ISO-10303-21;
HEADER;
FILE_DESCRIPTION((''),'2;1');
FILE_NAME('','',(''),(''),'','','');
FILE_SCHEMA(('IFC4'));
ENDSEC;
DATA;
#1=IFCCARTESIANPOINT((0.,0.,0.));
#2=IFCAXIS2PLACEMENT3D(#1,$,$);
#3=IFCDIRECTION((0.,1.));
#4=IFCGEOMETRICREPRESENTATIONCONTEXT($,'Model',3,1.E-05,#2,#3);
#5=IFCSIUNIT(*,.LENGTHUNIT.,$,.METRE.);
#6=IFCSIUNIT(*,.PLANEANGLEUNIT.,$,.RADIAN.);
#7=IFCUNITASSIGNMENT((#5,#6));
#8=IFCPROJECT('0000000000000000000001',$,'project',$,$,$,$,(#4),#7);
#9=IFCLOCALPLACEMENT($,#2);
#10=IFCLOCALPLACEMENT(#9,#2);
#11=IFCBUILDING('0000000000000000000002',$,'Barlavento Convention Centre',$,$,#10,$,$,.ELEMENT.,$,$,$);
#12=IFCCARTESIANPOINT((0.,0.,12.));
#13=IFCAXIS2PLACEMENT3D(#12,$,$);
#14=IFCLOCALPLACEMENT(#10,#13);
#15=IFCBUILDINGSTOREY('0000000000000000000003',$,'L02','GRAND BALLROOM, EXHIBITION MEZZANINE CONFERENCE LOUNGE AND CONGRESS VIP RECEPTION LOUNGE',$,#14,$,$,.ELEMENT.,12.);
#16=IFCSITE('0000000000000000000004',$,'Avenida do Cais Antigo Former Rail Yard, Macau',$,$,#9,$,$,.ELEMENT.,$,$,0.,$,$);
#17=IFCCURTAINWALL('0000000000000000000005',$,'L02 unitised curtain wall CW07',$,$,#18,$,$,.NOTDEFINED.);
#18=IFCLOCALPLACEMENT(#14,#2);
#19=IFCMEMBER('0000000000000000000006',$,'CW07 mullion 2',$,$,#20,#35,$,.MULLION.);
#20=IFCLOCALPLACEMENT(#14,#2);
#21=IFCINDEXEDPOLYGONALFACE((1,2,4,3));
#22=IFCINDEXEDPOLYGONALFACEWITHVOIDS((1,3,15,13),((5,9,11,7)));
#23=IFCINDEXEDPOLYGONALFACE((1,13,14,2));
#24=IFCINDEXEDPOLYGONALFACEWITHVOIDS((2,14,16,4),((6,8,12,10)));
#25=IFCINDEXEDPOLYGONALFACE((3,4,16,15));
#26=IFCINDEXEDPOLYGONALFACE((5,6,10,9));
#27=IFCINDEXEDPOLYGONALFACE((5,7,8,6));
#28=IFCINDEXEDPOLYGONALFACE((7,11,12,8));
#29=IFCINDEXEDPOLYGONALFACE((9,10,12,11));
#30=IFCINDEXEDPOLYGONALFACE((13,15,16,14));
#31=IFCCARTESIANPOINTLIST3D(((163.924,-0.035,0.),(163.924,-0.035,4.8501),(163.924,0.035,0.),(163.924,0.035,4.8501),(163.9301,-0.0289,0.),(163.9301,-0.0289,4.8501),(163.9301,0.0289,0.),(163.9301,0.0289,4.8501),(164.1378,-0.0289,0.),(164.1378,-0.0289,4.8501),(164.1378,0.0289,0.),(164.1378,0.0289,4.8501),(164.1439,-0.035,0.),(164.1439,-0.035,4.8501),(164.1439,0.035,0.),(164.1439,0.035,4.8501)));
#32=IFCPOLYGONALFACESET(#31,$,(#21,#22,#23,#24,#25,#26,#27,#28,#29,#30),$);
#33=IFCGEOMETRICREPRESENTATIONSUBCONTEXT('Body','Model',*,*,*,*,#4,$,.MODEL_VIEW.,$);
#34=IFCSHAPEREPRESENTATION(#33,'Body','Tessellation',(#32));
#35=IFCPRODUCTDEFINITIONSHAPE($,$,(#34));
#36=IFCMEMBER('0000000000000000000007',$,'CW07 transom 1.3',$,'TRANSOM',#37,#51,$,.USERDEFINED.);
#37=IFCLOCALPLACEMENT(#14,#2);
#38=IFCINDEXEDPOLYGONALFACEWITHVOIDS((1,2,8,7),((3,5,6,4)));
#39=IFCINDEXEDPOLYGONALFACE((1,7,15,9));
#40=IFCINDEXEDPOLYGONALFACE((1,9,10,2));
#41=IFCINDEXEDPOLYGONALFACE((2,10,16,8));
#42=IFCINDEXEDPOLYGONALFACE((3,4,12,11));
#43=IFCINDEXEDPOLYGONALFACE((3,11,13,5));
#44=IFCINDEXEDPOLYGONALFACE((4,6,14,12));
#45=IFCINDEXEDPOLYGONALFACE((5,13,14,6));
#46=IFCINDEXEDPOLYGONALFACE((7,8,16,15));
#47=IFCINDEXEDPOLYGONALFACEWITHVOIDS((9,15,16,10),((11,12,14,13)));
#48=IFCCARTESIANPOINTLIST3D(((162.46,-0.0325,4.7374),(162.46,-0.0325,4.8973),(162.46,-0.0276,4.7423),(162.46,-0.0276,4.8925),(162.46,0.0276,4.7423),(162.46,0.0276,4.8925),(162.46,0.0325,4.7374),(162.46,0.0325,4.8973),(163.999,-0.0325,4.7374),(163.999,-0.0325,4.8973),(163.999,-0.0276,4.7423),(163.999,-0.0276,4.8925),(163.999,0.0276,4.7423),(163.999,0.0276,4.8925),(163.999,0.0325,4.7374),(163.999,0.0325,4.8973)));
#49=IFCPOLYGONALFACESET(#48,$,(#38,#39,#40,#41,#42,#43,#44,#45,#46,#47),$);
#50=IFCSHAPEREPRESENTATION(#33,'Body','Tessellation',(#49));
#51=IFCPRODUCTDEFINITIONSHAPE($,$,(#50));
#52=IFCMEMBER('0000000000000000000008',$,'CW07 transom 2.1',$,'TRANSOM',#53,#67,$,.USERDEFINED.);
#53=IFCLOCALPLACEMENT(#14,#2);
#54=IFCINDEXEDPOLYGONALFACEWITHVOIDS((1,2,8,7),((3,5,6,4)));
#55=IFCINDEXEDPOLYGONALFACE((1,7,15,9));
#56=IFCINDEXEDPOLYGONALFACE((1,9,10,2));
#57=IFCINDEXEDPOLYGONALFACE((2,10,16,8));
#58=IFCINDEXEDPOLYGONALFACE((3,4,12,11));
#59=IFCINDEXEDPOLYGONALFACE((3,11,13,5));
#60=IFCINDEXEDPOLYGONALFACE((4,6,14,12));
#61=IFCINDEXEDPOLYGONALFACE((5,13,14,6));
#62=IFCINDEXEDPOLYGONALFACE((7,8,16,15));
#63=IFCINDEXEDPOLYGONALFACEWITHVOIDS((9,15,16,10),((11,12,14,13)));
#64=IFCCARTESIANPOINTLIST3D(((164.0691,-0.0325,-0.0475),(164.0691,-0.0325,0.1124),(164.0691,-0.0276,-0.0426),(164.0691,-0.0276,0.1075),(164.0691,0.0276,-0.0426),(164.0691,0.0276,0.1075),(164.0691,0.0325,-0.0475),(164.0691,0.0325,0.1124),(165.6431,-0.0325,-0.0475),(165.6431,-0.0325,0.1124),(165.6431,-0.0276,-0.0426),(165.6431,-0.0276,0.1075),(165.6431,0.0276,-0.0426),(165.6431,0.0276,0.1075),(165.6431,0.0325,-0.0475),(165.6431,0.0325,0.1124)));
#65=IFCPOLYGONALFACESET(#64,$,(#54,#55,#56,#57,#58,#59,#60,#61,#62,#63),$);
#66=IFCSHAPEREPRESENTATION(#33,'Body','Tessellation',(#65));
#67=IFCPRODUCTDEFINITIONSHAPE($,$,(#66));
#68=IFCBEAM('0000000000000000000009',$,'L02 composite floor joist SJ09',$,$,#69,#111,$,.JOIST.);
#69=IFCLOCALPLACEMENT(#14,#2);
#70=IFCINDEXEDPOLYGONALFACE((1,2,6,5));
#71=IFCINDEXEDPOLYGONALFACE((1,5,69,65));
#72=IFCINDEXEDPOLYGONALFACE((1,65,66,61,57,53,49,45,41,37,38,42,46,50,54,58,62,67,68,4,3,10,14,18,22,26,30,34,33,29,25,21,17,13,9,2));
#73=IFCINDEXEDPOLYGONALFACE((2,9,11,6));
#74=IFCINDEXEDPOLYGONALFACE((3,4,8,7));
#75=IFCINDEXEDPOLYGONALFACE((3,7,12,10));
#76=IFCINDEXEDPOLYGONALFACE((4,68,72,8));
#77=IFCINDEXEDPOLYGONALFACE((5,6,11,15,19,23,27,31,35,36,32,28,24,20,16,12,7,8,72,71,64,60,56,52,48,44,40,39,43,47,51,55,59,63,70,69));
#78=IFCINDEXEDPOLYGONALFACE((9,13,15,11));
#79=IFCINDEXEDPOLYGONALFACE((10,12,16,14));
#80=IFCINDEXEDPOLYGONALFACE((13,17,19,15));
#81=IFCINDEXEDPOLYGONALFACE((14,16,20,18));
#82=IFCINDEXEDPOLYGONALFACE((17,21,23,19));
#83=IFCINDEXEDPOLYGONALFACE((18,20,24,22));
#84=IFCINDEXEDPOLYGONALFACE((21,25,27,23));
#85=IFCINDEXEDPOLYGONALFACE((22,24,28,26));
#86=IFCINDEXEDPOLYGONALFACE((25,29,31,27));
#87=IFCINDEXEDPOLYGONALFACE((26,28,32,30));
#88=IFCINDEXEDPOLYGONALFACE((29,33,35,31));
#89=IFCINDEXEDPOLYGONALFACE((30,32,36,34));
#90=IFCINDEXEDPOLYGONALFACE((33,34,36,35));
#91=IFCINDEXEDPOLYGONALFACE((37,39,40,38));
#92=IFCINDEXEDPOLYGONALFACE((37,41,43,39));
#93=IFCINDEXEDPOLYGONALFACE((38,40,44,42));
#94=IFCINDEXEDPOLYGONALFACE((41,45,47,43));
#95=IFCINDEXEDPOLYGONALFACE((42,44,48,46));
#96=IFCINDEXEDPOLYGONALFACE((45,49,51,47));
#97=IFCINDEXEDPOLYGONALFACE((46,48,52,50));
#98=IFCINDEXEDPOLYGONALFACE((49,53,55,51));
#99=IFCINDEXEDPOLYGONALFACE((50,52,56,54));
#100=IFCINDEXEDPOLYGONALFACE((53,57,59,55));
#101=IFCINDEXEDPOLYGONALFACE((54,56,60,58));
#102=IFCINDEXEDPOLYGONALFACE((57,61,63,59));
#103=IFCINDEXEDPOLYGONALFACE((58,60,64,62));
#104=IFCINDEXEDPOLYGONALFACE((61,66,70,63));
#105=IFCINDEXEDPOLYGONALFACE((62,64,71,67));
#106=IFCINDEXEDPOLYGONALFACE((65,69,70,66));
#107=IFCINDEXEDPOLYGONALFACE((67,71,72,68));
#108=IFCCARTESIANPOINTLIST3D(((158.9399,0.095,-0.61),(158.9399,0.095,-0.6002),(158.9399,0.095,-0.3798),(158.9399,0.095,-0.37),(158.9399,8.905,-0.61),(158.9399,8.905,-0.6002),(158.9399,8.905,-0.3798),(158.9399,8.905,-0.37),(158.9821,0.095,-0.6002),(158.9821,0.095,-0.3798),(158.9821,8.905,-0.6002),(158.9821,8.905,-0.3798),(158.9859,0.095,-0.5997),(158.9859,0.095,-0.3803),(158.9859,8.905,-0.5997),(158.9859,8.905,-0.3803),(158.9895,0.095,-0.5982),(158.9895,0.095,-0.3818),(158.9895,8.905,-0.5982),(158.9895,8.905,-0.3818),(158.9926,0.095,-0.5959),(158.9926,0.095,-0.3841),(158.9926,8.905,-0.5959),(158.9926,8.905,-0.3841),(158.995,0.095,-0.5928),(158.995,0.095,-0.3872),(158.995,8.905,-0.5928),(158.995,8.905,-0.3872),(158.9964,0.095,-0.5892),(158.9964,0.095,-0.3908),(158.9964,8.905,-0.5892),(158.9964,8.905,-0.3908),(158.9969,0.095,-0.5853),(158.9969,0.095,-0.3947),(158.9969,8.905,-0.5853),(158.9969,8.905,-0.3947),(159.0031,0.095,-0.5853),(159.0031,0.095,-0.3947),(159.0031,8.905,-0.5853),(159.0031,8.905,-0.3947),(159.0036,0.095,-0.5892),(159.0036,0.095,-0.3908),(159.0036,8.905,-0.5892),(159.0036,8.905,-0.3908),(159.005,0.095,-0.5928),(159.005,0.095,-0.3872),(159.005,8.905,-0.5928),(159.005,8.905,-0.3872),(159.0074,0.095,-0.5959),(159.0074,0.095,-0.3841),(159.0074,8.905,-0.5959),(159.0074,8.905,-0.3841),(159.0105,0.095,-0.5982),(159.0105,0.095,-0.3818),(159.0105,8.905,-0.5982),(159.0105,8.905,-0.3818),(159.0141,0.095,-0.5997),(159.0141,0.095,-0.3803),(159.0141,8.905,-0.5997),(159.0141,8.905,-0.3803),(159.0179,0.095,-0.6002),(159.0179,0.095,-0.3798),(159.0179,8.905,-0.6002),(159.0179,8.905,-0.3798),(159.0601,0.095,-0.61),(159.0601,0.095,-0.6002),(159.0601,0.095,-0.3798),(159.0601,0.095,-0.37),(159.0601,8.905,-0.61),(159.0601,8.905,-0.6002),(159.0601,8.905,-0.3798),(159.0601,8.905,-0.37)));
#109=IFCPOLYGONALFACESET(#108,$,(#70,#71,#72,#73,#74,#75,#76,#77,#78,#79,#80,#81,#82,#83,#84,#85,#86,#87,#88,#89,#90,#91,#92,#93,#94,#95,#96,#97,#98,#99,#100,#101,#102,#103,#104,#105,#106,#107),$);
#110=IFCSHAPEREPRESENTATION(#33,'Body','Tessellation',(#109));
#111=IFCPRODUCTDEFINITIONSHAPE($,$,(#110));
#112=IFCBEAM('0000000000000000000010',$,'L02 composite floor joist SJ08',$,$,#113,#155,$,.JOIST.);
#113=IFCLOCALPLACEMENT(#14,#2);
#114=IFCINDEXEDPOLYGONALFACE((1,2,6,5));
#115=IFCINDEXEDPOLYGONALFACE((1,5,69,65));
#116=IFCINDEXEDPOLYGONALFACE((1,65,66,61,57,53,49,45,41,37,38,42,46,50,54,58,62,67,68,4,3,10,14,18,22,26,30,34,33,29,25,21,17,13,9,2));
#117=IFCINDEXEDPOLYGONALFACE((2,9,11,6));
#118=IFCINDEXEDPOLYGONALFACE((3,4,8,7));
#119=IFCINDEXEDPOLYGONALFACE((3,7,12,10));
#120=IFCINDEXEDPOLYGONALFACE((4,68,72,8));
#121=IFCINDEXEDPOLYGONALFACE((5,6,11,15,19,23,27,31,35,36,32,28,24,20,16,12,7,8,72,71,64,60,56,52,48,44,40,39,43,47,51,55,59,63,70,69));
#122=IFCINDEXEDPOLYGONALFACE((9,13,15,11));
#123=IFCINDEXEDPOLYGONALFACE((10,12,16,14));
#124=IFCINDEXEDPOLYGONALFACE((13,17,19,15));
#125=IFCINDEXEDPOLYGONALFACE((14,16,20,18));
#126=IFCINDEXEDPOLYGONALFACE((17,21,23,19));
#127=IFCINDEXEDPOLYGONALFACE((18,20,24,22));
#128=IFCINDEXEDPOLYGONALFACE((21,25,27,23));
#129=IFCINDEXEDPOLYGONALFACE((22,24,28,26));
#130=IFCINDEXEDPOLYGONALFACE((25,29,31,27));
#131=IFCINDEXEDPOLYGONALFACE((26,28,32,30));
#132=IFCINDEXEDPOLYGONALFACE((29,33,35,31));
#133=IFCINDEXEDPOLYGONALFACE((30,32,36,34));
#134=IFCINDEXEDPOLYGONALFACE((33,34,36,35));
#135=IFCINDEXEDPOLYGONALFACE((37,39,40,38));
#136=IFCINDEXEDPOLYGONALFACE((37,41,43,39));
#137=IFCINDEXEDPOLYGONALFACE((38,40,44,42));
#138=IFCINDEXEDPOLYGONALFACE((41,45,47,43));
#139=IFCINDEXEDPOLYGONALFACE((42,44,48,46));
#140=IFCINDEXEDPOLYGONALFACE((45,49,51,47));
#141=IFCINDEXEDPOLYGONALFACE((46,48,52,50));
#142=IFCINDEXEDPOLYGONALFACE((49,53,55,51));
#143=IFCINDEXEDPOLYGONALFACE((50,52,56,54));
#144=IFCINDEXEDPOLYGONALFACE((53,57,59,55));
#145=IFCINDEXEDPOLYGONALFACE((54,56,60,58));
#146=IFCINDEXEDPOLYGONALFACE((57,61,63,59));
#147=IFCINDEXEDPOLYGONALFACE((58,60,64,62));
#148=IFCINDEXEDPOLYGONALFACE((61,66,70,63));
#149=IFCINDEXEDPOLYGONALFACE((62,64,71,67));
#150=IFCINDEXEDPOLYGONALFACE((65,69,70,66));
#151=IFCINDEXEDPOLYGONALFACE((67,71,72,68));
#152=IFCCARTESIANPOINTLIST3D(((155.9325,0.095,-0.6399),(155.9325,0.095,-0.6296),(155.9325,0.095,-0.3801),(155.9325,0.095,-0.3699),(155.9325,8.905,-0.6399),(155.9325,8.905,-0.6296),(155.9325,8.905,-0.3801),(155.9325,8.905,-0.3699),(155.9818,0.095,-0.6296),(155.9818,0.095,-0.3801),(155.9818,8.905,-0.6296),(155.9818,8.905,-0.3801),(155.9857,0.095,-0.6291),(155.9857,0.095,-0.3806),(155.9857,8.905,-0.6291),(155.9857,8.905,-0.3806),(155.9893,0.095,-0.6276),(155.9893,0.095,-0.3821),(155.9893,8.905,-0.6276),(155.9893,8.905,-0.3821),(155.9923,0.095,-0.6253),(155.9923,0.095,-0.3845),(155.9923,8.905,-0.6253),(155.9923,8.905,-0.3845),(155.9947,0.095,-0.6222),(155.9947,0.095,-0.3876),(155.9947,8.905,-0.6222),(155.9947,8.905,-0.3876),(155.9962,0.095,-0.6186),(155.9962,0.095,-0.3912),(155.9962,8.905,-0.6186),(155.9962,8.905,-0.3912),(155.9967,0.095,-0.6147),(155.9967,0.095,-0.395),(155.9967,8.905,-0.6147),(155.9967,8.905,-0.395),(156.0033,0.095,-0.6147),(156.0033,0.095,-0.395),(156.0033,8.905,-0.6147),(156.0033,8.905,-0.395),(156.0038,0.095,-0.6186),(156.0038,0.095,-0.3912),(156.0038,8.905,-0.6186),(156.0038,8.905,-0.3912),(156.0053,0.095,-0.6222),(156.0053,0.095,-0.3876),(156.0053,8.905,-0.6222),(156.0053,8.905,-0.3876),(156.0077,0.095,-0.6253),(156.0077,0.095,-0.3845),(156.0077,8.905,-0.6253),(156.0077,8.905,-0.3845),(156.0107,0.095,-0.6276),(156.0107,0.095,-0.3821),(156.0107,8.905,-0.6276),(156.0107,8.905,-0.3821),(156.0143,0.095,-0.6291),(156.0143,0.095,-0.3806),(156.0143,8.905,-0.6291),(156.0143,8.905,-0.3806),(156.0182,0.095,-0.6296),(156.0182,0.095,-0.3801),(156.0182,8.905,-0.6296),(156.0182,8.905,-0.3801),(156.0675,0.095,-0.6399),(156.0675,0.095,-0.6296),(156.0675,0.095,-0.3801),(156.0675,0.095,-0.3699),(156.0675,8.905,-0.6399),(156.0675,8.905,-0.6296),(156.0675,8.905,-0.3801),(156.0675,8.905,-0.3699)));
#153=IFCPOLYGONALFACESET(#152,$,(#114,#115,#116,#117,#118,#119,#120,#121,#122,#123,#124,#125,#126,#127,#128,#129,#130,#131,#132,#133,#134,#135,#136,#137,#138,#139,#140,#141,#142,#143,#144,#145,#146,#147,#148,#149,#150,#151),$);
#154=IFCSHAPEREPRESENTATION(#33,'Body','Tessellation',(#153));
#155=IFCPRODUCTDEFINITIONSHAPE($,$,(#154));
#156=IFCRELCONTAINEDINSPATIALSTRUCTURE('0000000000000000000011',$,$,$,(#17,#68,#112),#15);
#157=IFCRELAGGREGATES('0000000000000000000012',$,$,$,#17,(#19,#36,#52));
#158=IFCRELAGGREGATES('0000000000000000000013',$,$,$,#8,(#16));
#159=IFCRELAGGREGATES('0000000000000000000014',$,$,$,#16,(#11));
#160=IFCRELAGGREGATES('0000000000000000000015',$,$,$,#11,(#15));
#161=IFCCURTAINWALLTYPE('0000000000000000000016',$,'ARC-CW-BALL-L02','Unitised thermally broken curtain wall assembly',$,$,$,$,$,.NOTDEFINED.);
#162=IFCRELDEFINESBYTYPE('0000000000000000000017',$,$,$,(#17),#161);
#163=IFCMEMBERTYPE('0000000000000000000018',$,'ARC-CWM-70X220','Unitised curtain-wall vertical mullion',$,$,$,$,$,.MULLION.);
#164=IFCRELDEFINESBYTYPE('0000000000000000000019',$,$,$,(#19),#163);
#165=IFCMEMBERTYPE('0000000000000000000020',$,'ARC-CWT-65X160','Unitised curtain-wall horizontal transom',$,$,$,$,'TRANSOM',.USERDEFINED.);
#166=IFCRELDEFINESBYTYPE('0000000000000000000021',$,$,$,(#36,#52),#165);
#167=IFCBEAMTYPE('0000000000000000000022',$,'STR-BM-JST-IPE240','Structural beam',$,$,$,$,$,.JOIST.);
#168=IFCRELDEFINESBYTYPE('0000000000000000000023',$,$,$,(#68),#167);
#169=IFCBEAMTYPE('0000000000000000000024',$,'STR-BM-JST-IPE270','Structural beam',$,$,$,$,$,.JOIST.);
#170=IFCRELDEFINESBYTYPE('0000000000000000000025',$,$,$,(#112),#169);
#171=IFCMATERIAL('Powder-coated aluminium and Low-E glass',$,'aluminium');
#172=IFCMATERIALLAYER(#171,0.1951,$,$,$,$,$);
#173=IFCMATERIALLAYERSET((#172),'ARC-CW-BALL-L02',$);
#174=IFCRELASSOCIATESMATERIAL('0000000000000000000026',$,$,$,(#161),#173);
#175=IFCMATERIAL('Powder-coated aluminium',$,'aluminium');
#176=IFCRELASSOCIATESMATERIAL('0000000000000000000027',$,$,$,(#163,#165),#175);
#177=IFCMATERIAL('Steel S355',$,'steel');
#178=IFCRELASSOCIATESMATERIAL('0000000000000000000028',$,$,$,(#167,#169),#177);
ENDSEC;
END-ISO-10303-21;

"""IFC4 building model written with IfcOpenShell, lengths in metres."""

from ifc_helpers import new_model, si_unit, direction, frame, origin, origin_2d, place, context, subcontext, project, spatial, hollow_rectangle, i_section, extrude, material, layer, layer_set, material_profile, profile_set, type_object, element, aggregate, save


model = new_model("IFC4")

# Units and contexts
model_context = context("Model", 3, precision=1e-05, world=origin(), true_north=direction((0.0, 1.0)))
body_context = subcontext(model_context, "Body", "Model", "MODEL_VIEW")
ifc_project = project(units=[si_unit("LENGTHUNIT", "METRE"), si_unit("PLANEANGLEUNIT", "RADIAN")], contexts=[model_context])

# Site, building, storey
site_placement = place(None, origin())
site = spatial("IfcSite", under=ifc_project, at=site_placement, Name="Avenida do Cais Antigo Former Rail Yard, Macau", CompositionType="ELEMENT", RefElevation=0.0)
building_placement = place(site_placement, origin())
building = spatial("IfcBuilding", under=site, at=building_placement, Name="Barlavento Convention Centre", CompositionType="ELEMENT")
storey_placement = place(building_placement, frame((0.0, 0.0, 12.0)))
storey = spatial("IfcBuildingStorey", under=building, at=storey_placement, Name="L02", Description="GRAND BALLROOM, EXHIBITION MEZZANINE CONFERENCE LOUNGE AND CONGRESS VIP RECEPTION LOUNGE", CompositionType="ELEMENT", Elevation=12.0)

# Curtain wall, members
ifc_material_1 = material(Name="Powder-coated aluminium and Low-E glass", Category="aluminium")
ifc_layer_1 = layer(ifc_material_1, 0.1951)
ifc_layer_set_1 = layer_set([ifc_layer_1], Name="ARC-CW-BALL-L02")
curtain_wall_type = type_object("IfcCurtainWallType", Name="ARC-CW-BALL-L02", Description="Unitised thermally broken curtain wall assembly", PredefinedType="NOTDEFINED", material=ifc_layer_set_1)
curtain_wall_placement = place(storey_placement, origin())
curtain_wall = element("IfcCurtainWall", 1, at=curtain_wall_placement, inside=storey, type_object=curtain_wall_type, Name="L02 unitised curtain wall CW07", PredefinedType="NOTDEFINED")
ifc_material_2 = material(Name="Powder-coated aluminium", Category="aluminium")
ifc_material_profile_1 = material_profile(ifc_material_2, hollow_rectangle(XDim=0.0701, YDim=0.22, WallThickness=0.0061, at=origin_2d()), Name="AL-MULL 70x220x6")
ifc_profile_set_1 = profile_set([ifc_material_profile_1], Name="Powder-coated aluminium")
member_type_1 = type_object("IfcMemberType", Name="ARC-CWM-70X220", Description="Unitised curtain-wall vertical mullion", PredefinedType="MULLION", material=ifc_profile_set_1)
member_1_placement = place(storey_placement, frame((164.0339, 0.0, 0.0), z_axis=(0.0, 0.0, 1.0), x_axis=(0.0, 1.0, 0.0)))
member_1 = element("IfcMember", 2, at=member_1_placement, type_object=member_type_1, Name="CW07 mullion 2", PredefinedType="MULLION", context=body_context, shape_type="SweptSolid", body=[
    extrude(hollow_rectangle(XDim=0.0701, YDim=0.22, WallThickness=0.0061, at=origin_2d()), origin(), (0.0, 0.0, 1.0), 4.8501),
])
ifc_material_profile_2 = material_profile(ifc_material_2, hollow_rectangle(XDim=0.0649, YDim=0.1599, WallThickness=0.0049, at=origin_2d()), Name="AL-TRAN 65x160x5")
ifc_profile_set_2 = profile_set([ifc_material_profile_2], Name="Powder-coated aluminium")
member_type_2 = type_object("IfcMemberType", Name="ARC-CWT-65X160", Description="Unitised curtain-wall horizontal transom", ElementType="TRANSOM", PredefinedType="USERDEFINED", material=ifc_profile_set_2)
member_2_placement = place(storey_placement, frame((162.46, 0.0, 4.8174), z_axis=(1.0, 0.0, 0.0), x_axis=(0.0, 1.0, 0.0)))
member_2 = element("IfcMember", 3, at=member_2_placement, type_object=member_type_2, Name="CW07 transom 1.3", ObjectType="TRANSOM", PredefinedType="USERDEFINED", context=body_context, shape_type="SweptSolid", body=[
    extrude(hollow_rectangle(XDim=0.0649, YDim=0.1599, WallThickness=0.0049, at=origin_2d()), origin(), (0.0, 0.0, 1.0), 1.5391),
])
member_3_placement = place(storey_placement, frame((164.0691, 0.0, 0.0325), z_axis=(1.0, 0.0, 0.0), x_axis=(0.0, 1.0, 0.0)))
member_3 = element("IfcMember", 4, at=member_3_placement, type_object=member_type_2, Name="CW07 transom 2.1", ObjectType="TRANSOM", PredefinedType="USERDEFINED", context=body_context, shape_type="SweptSolid", body=[
    extrude(hollow_rectangle(XDim=0.0649, YDim=0.1599, WallThickness=0.0049, at=origin_2d()), origin(), (0.0, 0.0, 1.0), 1.574),
])

# Beams
ifc_material_3 = material(Name="Steel S355", Category="steel")
ifc_material_profile_3 = material_profile(ifc_material_3, i_section(OverallWidth=0.1201, OverallDepth=0.24, WebThickness=0.0061, FlangeThickness=0.0098, FilletRadius=0.0149, at=origin_2d()), Name="IPE 240")
ifc_profile_set_3 = profile_set([ifc_material_profile_3], Name="Steel S355")
beam_type_1 = type_object("IfcBeamType", Name="STR-BM-JST-IPE240", Description="Structural beam", PredefinedType="JOIST", material=ifc_profile_set_3)
beam_1_placement = place(storey_placement, frame((159.0, 0.095, -0.49), z_axis=(0.0, 1.0, 0.0), x_axis=(-1.0, 0.0, 0.0)))
element("IfcBeam", 5, at=beam_1_placement, inside=storey, type_object=beam_type_1, Name="L02 composite floor joist SJ09", PredefinedType="JOIST", context=body_context, shape_type="SweptSolid", body=[
    extrude(i_section(OverallWidth=0.1201, OverallDepth=0.24, WebThickness=0.0061, FlangeThickness=0.0098, FilletRadius=0.0149, at=origin_2d()), origin(), (0.0, 0.0, 1.0), 8.8101),
])
ifc_material_profile_4 = material_profile(ifc_material_3, i_section(OverallWidth=0.135, OverallDepth=0.27, WebThickness=0.0066, FlangeThickness=0.0103, FilletRadius=0.0149, at=origin_2d()), Name="IPE 270")
ifc_profile_set_4 = profile_set([ifc_material_profile_4], Name="Steel S355")
beam_type_2 = type_object("IfcBeamType", Name="STR-BM-JST-IPE270", Description="Structural beam", PredefinedType="JOIST", material=ifc_profile_set_4)
beam_2_placement = place(storey_placement, frame((156.0, 0.095, -0.5049), z_axis=(0.0, 1.0, 0.0), x_axis=(-1.0, 0.0, 0.0)))
element("IfcBeam", 6, at=beam_2_placement, inside=storey, type_object=beam_type_2, Name="L02 composite floor joist SJ08", PredefinedType="JOIST", context=body_context, shape_type="SweptSolid", body=[
    extrude(i_section(OverallWidth=0.135, OverallDepth=0.27, WebThickness=0.0066, FlangeThickness=0.0103, FilletRadius=0.0149, at=origin_2d()), origin(), (0.0, 0.0, 1.0), 8.8101),
])

aggregate(curtain_wall, [member_1, member_2, member_3])

save(model, "model.ifc")
